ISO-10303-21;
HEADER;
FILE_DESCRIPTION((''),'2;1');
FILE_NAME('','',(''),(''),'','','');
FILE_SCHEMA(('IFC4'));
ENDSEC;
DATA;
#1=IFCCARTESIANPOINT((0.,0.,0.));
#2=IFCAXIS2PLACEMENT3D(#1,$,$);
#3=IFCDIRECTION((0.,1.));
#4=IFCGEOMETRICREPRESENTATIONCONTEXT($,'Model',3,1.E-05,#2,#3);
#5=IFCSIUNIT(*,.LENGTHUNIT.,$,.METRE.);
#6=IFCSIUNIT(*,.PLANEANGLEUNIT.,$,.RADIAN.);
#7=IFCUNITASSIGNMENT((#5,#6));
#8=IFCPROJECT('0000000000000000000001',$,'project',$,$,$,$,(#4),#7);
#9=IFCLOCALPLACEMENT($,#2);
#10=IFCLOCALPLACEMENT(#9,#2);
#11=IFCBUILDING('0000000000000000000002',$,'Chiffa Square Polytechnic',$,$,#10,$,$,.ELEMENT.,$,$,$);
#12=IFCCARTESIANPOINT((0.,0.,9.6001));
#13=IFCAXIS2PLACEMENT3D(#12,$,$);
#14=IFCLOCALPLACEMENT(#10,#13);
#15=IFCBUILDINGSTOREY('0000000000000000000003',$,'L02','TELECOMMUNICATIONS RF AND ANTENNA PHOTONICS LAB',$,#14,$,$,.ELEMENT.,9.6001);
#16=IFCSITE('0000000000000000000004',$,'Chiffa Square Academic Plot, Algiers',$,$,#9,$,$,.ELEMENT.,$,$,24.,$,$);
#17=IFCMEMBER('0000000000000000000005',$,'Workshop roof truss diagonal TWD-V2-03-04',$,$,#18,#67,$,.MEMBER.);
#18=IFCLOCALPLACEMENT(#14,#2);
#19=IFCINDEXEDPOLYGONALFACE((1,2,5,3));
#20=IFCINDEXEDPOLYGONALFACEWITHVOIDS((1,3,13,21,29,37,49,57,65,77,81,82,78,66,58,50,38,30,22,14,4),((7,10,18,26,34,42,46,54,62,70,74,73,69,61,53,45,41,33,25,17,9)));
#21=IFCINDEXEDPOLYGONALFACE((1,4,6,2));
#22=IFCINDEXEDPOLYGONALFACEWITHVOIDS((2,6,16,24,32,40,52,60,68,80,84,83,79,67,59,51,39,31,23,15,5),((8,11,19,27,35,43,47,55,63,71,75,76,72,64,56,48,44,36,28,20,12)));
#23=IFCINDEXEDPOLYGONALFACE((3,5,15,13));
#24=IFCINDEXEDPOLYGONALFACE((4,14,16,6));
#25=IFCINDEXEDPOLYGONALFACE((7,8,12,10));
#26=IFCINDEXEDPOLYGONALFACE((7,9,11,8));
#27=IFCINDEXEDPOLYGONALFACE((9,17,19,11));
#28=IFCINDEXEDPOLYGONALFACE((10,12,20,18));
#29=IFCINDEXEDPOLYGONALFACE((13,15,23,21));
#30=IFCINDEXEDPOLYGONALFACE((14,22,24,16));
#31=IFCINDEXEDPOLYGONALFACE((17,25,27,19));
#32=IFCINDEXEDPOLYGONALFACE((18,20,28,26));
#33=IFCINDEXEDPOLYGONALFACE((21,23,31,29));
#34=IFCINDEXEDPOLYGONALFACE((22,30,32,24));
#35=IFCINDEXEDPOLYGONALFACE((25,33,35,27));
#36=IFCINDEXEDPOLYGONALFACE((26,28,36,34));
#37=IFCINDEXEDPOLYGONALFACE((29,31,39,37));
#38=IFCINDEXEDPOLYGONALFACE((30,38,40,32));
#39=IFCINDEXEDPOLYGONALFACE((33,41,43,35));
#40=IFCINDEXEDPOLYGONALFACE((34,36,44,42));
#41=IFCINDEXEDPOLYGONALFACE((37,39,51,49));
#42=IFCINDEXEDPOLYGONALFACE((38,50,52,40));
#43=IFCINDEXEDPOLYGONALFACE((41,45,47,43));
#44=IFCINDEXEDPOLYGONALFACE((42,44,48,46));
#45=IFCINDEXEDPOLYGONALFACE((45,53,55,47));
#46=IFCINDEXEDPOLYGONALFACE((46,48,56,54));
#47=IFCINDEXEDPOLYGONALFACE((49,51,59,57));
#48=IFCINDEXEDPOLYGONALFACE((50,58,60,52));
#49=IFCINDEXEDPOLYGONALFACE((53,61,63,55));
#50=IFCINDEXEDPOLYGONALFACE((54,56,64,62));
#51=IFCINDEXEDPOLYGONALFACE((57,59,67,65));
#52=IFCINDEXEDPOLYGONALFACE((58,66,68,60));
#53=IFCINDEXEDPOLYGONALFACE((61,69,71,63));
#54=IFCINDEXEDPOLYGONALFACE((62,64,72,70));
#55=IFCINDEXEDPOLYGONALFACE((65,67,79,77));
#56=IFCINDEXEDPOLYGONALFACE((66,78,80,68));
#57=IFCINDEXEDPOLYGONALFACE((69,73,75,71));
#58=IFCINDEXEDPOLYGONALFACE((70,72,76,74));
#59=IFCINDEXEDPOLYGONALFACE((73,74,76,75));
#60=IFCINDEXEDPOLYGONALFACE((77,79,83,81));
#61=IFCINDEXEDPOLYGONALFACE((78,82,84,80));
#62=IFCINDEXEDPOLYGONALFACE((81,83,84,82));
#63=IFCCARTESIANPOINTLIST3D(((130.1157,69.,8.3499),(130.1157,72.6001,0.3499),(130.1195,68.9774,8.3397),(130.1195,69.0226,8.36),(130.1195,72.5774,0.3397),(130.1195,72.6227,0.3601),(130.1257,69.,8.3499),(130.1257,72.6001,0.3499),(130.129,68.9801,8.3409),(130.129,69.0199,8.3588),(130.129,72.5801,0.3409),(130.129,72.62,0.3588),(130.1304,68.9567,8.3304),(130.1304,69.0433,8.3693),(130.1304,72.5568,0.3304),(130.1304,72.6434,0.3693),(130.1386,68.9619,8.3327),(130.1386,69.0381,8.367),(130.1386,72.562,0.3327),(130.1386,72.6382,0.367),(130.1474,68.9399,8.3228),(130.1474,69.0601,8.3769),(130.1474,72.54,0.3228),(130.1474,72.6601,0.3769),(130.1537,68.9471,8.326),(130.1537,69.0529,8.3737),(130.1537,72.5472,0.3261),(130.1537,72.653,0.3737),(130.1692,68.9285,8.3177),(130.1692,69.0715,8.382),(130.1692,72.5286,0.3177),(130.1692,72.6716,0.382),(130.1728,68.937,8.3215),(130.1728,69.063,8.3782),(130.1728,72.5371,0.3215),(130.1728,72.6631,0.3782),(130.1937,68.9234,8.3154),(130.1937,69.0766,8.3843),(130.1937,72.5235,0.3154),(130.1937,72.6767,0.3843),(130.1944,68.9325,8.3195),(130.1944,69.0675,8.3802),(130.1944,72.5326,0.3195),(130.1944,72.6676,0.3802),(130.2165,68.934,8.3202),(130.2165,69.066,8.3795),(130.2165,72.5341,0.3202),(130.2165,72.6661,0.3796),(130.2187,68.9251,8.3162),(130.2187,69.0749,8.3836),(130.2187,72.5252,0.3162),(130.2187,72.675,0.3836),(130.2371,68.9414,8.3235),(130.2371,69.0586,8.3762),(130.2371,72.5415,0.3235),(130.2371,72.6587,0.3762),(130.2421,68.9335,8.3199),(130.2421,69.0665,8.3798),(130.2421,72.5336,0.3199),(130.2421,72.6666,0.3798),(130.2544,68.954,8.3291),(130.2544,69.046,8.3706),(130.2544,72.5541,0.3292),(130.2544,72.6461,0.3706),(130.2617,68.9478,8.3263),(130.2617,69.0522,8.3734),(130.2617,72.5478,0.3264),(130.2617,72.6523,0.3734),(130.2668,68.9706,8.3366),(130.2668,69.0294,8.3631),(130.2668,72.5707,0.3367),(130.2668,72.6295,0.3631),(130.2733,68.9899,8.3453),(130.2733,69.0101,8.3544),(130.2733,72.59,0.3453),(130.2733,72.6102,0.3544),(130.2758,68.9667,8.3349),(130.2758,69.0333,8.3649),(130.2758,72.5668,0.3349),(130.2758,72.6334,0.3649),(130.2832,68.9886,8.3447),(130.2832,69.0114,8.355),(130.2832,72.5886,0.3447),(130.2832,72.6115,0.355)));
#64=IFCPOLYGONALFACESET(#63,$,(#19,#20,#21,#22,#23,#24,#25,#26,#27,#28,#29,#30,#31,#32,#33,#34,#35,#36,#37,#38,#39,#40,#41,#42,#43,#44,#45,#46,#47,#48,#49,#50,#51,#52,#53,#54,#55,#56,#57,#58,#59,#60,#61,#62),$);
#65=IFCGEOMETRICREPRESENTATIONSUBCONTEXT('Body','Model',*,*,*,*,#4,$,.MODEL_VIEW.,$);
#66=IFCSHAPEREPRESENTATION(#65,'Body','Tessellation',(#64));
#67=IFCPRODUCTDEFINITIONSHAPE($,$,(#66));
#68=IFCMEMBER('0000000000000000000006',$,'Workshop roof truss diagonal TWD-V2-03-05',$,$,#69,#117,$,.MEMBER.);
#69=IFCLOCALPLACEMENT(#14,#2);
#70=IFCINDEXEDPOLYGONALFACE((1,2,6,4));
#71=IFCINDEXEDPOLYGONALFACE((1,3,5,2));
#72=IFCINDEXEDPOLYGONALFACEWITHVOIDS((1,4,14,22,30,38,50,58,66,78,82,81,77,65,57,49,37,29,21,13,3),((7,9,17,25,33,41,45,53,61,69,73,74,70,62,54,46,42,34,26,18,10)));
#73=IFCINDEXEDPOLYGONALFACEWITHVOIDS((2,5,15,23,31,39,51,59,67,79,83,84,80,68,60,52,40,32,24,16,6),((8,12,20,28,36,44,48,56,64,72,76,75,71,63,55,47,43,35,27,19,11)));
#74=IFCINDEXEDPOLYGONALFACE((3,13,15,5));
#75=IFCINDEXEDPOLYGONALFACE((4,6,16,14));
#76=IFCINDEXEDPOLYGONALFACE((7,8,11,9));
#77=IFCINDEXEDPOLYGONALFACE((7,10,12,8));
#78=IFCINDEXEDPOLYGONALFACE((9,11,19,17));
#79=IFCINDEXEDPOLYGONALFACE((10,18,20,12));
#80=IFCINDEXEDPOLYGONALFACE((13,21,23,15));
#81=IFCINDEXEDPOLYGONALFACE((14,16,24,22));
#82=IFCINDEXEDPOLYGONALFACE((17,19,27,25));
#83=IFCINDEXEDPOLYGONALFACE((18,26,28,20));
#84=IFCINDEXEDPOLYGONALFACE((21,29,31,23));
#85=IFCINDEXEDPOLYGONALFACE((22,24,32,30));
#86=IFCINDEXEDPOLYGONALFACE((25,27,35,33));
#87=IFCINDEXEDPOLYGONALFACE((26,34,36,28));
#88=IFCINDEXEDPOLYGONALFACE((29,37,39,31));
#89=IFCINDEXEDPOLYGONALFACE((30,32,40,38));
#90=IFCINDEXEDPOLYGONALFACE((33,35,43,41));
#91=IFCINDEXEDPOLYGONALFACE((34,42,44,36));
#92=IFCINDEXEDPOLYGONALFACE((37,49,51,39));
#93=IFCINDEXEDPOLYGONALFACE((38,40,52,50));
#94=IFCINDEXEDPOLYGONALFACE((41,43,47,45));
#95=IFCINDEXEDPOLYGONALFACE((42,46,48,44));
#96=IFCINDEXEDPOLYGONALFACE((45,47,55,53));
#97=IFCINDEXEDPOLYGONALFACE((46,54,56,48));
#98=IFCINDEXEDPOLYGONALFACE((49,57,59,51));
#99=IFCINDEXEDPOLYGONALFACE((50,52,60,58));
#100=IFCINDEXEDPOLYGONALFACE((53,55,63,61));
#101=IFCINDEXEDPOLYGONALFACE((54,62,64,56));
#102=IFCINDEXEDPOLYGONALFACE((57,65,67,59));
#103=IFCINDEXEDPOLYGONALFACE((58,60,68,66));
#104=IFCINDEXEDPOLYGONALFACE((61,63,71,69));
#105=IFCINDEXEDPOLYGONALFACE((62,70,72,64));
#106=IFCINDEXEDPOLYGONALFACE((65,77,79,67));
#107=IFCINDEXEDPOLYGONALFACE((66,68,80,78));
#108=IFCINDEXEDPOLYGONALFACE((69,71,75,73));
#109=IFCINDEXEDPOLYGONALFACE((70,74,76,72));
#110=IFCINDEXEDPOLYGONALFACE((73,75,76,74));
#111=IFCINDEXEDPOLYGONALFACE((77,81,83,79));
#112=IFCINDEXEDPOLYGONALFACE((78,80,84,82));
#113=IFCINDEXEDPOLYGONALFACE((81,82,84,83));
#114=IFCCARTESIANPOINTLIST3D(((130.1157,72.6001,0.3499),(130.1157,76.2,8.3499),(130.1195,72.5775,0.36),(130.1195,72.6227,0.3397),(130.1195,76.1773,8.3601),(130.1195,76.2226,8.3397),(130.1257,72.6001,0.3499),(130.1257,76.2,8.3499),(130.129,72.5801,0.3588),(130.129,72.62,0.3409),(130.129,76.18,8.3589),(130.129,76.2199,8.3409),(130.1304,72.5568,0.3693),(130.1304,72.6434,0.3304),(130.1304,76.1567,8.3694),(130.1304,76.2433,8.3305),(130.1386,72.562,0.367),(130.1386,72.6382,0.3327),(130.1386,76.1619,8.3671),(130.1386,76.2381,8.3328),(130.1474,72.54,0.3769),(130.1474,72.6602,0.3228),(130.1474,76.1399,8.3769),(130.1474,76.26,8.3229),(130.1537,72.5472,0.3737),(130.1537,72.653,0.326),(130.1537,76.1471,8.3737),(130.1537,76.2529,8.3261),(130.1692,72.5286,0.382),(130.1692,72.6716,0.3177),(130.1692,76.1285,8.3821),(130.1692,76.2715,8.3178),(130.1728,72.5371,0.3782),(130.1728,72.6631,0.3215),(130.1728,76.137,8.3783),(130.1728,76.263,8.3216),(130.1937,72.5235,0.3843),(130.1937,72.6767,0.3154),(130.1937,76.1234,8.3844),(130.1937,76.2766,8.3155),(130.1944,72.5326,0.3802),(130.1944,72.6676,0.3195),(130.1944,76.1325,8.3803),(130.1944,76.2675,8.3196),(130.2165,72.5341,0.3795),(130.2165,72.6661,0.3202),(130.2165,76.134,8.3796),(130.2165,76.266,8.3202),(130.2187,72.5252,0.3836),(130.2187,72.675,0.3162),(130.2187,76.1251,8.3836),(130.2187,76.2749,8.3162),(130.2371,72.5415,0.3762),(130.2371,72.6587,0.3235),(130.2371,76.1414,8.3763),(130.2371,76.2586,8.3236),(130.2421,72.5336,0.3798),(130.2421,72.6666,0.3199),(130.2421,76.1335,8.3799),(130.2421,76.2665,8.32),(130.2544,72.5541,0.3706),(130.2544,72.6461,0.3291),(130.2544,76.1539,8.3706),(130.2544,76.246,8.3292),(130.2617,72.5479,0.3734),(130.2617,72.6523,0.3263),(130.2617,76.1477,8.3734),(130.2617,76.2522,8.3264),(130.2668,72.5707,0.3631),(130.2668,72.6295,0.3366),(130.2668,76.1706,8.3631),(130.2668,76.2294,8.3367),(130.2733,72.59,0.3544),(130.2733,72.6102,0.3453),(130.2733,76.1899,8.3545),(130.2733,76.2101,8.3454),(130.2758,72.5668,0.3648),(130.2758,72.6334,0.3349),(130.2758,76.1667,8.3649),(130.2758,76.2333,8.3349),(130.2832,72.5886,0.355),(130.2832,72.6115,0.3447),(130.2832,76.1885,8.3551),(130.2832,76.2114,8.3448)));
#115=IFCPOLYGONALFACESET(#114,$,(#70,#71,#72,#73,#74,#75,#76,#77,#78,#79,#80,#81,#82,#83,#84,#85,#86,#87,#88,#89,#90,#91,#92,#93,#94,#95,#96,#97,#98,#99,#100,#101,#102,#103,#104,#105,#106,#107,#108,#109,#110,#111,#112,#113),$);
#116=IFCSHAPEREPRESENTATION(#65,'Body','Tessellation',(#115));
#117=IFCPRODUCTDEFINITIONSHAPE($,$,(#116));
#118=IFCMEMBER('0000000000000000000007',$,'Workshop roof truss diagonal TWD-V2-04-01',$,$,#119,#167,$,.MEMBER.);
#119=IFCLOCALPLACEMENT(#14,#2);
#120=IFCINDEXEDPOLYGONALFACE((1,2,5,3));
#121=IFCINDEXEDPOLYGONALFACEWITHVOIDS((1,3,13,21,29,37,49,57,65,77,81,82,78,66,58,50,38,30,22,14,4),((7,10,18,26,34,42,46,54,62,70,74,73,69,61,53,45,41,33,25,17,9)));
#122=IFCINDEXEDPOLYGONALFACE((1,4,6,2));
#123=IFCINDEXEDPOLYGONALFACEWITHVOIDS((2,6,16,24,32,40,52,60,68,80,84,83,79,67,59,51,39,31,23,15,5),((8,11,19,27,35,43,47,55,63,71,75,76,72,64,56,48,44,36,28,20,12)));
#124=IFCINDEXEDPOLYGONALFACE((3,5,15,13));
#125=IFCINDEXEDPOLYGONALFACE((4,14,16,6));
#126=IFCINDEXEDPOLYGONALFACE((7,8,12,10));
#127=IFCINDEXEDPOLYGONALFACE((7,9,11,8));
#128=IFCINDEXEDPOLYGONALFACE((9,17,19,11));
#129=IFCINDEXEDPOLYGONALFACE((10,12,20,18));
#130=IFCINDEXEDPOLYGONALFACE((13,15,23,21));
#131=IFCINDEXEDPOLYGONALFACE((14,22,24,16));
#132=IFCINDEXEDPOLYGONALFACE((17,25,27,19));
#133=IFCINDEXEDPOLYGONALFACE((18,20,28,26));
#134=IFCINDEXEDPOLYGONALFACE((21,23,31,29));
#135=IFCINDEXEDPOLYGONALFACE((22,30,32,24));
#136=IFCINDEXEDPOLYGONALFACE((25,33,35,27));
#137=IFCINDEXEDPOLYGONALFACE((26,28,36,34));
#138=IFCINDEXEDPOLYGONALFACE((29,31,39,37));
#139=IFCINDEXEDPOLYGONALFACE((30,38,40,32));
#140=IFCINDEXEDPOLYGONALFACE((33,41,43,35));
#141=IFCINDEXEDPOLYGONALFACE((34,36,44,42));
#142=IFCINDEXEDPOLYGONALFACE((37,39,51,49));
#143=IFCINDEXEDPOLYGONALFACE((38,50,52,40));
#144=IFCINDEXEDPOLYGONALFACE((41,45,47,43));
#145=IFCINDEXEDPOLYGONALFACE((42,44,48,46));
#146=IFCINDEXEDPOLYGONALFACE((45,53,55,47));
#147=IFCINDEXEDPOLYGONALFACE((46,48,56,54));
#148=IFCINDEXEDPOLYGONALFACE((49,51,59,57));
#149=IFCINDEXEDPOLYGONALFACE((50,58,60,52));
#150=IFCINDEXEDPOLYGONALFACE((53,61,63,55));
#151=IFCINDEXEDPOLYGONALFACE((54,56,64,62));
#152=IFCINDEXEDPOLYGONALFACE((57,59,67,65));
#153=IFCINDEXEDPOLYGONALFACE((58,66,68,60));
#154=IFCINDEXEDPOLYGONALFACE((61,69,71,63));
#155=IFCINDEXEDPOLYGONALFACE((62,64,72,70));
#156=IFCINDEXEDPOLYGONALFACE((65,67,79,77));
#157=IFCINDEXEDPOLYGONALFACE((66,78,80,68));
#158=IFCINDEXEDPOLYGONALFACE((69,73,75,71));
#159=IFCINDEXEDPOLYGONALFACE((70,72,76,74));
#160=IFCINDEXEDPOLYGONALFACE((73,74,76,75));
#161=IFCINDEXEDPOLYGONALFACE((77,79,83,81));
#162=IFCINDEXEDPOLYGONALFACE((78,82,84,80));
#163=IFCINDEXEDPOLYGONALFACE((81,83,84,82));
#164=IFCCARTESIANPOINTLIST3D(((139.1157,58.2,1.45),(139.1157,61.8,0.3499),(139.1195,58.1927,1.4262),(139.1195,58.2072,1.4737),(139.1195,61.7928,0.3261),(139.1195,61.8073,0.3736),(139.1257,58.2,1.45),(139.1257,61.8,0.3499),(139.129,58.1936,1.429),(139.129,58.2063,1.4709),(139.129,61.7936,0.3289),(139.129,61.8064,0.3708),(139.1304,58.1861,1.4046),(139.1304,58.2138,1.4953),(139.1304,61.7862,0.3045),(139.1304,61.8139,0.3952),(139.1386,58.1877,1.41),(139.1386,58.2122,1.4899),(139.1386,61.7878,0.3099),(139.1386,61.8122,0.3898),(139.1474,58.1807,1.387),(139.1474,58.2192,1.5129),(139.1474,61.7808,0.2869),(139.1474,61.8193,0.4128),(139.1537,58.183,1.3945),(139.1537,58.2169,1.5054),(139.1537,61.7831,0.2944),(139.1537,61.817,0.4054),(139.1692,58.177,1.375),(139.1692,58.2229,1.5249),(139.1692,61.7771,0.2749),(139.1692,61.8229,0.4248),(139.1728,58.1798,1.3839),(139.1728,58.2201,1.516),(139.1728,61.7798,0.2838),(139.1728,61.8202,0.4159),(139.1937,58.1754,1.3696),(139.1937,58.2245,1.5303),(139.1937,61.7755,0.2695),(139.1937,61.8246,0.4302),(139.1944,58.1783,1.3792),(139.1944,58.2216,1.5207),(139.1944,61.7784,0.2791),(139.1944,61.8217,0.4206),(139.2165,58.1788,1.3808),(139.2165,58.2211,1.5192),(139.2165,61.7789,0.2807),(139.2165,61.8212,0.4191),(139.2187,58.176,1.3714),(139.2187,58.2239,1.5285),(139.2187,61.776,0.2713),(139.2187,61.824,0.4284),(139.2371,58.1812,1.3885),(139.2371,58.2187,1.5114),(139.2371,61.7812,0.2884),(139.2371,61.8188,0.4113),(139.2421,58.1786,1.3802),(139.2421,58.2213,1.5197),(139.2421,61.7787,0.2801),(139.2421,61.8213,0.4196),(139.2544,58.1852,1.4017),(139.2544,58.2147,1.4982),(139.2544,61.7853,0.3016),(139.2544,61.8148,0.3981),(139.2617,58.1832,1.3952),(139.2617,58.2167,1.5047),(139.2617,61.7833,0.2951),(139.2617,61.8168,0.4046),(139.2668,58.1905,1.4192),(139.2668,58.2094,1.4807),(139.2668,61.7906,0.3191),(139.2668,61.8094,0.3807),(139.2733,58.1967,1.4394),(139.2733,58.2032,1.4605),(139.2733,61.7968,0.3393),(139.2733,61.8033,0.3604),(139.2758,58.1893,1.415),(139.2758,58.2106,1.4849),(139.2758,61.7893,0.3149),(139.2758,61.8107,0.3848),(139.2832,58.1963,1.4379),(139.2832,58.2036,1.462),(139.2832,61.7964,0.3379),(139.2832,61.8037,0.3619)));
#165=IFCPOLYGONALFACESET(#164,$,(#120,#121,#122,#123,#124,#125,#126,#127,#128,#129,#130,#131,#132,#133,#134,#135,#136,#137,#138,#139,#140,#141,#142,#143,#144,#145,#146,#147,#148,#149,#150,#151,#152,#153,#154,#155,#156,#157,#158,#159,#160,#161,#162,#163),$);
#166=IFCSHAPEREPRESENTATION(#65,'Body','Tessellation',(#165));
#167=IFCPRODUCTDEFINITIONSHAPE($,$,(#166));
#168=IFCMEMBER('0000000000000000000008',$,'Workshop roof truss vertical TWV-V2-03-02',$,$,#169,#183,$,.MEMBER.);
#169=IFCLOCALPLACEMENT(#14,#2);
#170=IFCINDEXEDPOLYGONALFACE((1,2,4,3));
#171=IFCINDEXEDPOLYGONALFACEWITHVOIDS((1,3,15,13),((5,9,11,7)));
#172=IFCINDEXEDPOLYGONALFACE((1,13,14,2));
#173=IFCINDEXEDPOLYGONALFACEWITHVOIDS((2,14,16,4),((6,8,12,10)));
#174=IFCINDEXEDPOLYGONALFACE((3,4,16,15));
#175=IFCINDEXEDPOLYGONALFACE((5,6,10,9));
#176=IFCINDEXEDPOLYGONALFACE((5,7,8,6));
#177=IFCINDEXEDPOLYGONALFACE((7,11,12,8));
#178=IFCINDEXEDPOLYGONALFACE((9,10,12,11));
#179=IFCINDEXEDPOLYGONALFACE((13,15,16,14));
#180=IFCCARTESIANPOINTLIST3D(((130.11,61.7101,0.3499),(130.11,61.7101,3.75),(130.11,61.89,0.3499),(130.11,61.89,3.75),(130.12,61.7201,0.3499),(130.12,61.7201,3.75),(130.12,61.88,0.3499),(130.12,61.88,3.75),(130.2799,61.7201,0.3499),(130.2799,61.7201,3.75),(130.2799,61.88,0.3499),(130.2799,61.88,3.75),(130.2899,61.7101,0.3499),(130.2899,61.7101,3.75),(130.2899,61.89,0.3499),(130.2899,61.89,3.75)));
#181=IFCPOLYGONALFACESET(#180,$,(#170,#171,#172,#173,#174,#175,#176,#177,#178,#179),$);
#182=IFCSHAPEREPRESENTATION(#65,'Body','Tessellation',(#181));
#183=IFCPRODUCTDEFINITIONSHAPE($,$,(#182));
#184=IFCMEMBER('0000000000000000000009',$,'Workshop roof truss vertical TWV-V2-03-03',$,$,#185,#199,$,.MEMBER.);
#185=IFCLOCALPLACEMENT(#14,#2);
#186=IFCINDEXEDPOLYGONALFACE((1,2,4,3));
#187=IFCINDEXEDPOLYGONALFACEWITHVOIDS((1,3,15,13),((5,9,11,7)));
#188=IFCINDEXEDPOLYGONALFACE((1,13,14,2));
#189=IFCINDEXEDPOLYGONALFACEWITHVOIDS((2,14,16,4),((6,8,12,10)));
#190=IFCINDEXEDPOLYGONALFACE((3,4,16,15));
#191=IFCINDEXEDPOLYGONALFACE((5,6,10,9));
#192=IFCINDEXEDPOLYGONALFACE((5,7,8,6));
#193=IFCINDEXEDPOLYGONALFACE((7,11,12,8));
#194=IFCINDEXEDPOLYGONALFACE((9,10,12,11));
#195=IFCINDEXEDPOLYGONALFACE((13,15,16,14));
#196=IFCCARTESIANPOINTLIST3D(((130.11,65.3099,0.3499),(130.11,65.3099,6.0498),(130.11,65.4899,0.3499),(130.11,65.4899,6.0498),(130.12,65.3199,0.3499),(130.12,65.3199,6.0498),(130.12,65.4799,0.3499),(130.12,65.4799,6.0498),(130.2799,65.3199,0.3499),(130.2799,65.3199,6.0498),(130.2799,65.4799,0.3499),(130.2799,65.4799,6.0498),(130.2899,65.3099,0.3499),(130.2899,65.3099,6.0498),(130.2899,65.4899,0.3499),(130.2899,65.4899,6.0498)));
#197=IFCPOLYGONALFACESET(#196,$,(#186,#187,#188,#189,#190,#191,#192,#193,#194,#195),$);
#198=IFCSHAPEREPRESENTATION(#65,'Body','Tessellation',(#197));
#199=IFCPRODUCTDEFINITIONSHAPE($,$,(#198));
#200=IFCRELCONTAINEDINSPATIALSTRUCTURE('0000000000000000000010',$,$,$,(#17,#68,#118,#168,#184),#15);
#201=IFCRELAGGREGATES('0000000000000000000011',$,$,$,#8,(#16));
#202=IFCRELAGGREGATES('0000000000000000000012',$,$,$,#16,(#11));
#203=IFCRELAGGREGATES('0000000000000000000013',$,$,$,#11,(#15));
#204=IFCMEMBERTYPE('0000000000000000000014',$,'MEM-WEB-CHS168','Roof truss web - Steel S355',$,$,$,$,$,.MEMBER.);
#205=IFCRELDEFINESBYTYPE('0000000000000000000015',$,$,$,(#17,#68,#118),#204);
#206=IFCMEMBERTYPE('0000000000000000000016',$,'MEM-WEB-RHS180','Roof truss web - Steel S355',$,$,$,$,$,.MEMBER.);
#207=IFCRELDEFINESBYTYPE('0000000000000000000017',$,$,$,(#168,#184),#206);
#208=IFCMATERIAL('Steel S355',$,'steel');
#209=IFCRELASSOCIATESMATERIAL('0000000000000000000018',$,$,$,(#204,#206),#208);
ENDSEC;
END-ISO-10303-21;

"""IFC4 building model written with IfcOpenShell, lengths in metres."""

from ifc_helpers import new_model, si_unit, direction, frame, origin, origin_2d, place, context, subcontext, project, spatial, hollow_rectangle, hollow_circle, extrude, material, material_profile, profile_set, type_object, element, save


model = new_model("IFC4")

# Units and contexts
model_context = context("Model", 3, precision=1e-05, world=origin(), true_north=direction((0.0, 1.0)))
body_context = subcontext(model_context, "Body", "Model", "MODEL_VIEW")
ifc_project = project(units=[si_unit("LENGTHUNIT", "METRE"), si_unit("PLANEANGLEUNIT", "RADIAN")], contexts=[model_context])

# Site, building, storey
site_placement = place(None, origin())
site = spatial("IfcSite", under=ifc_project, at=site_placement, Name="Chiffa Square Academic Plot, Algiers", CompositionType="ELEMENT", RefElevation=24.0)
building_placement = place(site_placement, origin())
building = spatial("IfcBuilding", under=site, at=building_placement, Name="Chiffa Square Polytechnic", CompositionType="ELEMENT")
storey_placement = place(building_placement, frame((0.0, 0.0, 9.6001)))
storey = spatial("IfcBuildingStorey", under=building, at=storey_placement, Name="L02", Description="TELECOMMUNICATIONS RF AND ANTENNA PHOTONICS LAB", CompositionType="ELEMENT", Elevation=9.6001)

# Shared definitions
ifc_material_1 = material(Name="Steel S355", Category="steel")

# Members
ifc_material_profile_1 = material_profile(ifc_material_1, hollow_circle(Radius=0.0842, WallThickness=0.01, at=origin_2d()), Name="CHS 168.3x10")
ifc_profile_set_1 = profile_set([ifc_material_profile_1], Name="Steel S355")
member_type_1 = type_object("IfcMemberType", Name="MEM-WEB-CHS168", Description="Roof truss web - Steel S355", PredefinedType="MEMBER", material=ifc_profile_set_1)
for number, where, z_axis, x_axis, name in (
    (1, (130.2, 69.0, 8.3499), (0.0, 0.410374, -0.911917), (-1.0, 0.0, 0.0), "Workshop roof truss diagonal TWD-V2-03-04"),
    (2, (130.2, 72.6001, 0.3499), (0.0, 0.410351, 0.911928), (-1.0, 0.0, 0.0), "Workshop roof truss diagonal TWD-V2-03-05"),
):
    element("IfcMember", number, at=place(storey_placement, frame(where, z_axis=z_axis, x_axis=x_axis)), inside=storey, type_object=member_type_1, Name=name, PredefinedType="MEMBER", context=body_context, shape_type="SweptSolid", body=[
        extrude(hollow_circle(Radius=0.0842, WallThickness=0.01, at=origin_2d()), origin(), (0.0, 0.0, 1.0), 8.7727),
    ])
member_1_placement = place(storey_placement, frame((139.2, 58.2, 1.45), z_axis=(0.0, 0.956347, -0.292235), x_axis=(-1.0, 0.0, 0.0)))
element("IfcMember", 3, at=member_1_placement, inside=storey, type_object=member_type_1, Name="Workshop roof truss diagonal TWD-V2-04-01", PredefinedType="MEMBER", context=body_context, shape_type="SweptSolid", body=[
    extrude(hollow_circle(Radius=0.0842, WallThickness=0.01, at=origin_2d()), origin(), (0.0, 0.0, 1.0), 3.7644),
])
ifc_material_profile_2 = material_profile(ifc_material_1, hollow_rectangle(XDim=0.1799, YDim=0.1799, WallThickness=0.01, at=origin_2d()), Name="RHS 180x180x10")
ifc_profile_set_2 = profile_set([ifc_material_profile_2], Name="Steel S355")
member_type_2 = type_object("IfcMemberType", Name="MEM-WEB-RHS180", Description="Roof truss web - Steel S355", PredefinedType="MEMBER", material=ifc_profile_set_2)
member_2_placement = place(storey_placement, frame((130.2, 61.8, 0.3499), z_axis=(0.0, 0.0, 1.0), x_axis=(1.0, 0.0, 0.0)))
element("IfcMember", 4, at=member_2_placement, inside=storey, type_object=member_type_2, Name="Workshop roof truss vertical TWV-V2-03-02", PredefinedType="MEMBER", context=body_context, shape_type="SweptSolid", body=[
    extrude(hollow_rectangle(XDim=0.1799, YDim=0.1799, WallThickness=0.01, at=origin_2d()), origin(), (0.0, 0.0, 1.0), 3.4001),
])
member_3_placement = place(storey_placement, frame((130.2, 65.3999, 0.3499), z_axis=(0.0, 0.0, 1.0), x_axis=(1.0, 0.0, 0.0)))
element("IfcMember", 5, at=member_3_placement, inside=storey, type_object=member_type_2, Name="Workshop roof truss vertical TWV-V2-03-03", PredefinedType="MEMBER", context=body_context, shape_type="SweptSolid", body=[
    extrude(hollow_rectangle(XDim=0.1799, YDim=0.1799, WallThickness=0.01, at=origin_2d()), origin(), (0.0, 0.0, 1.0), 5.7),
])

save(model, "model.ifc")
